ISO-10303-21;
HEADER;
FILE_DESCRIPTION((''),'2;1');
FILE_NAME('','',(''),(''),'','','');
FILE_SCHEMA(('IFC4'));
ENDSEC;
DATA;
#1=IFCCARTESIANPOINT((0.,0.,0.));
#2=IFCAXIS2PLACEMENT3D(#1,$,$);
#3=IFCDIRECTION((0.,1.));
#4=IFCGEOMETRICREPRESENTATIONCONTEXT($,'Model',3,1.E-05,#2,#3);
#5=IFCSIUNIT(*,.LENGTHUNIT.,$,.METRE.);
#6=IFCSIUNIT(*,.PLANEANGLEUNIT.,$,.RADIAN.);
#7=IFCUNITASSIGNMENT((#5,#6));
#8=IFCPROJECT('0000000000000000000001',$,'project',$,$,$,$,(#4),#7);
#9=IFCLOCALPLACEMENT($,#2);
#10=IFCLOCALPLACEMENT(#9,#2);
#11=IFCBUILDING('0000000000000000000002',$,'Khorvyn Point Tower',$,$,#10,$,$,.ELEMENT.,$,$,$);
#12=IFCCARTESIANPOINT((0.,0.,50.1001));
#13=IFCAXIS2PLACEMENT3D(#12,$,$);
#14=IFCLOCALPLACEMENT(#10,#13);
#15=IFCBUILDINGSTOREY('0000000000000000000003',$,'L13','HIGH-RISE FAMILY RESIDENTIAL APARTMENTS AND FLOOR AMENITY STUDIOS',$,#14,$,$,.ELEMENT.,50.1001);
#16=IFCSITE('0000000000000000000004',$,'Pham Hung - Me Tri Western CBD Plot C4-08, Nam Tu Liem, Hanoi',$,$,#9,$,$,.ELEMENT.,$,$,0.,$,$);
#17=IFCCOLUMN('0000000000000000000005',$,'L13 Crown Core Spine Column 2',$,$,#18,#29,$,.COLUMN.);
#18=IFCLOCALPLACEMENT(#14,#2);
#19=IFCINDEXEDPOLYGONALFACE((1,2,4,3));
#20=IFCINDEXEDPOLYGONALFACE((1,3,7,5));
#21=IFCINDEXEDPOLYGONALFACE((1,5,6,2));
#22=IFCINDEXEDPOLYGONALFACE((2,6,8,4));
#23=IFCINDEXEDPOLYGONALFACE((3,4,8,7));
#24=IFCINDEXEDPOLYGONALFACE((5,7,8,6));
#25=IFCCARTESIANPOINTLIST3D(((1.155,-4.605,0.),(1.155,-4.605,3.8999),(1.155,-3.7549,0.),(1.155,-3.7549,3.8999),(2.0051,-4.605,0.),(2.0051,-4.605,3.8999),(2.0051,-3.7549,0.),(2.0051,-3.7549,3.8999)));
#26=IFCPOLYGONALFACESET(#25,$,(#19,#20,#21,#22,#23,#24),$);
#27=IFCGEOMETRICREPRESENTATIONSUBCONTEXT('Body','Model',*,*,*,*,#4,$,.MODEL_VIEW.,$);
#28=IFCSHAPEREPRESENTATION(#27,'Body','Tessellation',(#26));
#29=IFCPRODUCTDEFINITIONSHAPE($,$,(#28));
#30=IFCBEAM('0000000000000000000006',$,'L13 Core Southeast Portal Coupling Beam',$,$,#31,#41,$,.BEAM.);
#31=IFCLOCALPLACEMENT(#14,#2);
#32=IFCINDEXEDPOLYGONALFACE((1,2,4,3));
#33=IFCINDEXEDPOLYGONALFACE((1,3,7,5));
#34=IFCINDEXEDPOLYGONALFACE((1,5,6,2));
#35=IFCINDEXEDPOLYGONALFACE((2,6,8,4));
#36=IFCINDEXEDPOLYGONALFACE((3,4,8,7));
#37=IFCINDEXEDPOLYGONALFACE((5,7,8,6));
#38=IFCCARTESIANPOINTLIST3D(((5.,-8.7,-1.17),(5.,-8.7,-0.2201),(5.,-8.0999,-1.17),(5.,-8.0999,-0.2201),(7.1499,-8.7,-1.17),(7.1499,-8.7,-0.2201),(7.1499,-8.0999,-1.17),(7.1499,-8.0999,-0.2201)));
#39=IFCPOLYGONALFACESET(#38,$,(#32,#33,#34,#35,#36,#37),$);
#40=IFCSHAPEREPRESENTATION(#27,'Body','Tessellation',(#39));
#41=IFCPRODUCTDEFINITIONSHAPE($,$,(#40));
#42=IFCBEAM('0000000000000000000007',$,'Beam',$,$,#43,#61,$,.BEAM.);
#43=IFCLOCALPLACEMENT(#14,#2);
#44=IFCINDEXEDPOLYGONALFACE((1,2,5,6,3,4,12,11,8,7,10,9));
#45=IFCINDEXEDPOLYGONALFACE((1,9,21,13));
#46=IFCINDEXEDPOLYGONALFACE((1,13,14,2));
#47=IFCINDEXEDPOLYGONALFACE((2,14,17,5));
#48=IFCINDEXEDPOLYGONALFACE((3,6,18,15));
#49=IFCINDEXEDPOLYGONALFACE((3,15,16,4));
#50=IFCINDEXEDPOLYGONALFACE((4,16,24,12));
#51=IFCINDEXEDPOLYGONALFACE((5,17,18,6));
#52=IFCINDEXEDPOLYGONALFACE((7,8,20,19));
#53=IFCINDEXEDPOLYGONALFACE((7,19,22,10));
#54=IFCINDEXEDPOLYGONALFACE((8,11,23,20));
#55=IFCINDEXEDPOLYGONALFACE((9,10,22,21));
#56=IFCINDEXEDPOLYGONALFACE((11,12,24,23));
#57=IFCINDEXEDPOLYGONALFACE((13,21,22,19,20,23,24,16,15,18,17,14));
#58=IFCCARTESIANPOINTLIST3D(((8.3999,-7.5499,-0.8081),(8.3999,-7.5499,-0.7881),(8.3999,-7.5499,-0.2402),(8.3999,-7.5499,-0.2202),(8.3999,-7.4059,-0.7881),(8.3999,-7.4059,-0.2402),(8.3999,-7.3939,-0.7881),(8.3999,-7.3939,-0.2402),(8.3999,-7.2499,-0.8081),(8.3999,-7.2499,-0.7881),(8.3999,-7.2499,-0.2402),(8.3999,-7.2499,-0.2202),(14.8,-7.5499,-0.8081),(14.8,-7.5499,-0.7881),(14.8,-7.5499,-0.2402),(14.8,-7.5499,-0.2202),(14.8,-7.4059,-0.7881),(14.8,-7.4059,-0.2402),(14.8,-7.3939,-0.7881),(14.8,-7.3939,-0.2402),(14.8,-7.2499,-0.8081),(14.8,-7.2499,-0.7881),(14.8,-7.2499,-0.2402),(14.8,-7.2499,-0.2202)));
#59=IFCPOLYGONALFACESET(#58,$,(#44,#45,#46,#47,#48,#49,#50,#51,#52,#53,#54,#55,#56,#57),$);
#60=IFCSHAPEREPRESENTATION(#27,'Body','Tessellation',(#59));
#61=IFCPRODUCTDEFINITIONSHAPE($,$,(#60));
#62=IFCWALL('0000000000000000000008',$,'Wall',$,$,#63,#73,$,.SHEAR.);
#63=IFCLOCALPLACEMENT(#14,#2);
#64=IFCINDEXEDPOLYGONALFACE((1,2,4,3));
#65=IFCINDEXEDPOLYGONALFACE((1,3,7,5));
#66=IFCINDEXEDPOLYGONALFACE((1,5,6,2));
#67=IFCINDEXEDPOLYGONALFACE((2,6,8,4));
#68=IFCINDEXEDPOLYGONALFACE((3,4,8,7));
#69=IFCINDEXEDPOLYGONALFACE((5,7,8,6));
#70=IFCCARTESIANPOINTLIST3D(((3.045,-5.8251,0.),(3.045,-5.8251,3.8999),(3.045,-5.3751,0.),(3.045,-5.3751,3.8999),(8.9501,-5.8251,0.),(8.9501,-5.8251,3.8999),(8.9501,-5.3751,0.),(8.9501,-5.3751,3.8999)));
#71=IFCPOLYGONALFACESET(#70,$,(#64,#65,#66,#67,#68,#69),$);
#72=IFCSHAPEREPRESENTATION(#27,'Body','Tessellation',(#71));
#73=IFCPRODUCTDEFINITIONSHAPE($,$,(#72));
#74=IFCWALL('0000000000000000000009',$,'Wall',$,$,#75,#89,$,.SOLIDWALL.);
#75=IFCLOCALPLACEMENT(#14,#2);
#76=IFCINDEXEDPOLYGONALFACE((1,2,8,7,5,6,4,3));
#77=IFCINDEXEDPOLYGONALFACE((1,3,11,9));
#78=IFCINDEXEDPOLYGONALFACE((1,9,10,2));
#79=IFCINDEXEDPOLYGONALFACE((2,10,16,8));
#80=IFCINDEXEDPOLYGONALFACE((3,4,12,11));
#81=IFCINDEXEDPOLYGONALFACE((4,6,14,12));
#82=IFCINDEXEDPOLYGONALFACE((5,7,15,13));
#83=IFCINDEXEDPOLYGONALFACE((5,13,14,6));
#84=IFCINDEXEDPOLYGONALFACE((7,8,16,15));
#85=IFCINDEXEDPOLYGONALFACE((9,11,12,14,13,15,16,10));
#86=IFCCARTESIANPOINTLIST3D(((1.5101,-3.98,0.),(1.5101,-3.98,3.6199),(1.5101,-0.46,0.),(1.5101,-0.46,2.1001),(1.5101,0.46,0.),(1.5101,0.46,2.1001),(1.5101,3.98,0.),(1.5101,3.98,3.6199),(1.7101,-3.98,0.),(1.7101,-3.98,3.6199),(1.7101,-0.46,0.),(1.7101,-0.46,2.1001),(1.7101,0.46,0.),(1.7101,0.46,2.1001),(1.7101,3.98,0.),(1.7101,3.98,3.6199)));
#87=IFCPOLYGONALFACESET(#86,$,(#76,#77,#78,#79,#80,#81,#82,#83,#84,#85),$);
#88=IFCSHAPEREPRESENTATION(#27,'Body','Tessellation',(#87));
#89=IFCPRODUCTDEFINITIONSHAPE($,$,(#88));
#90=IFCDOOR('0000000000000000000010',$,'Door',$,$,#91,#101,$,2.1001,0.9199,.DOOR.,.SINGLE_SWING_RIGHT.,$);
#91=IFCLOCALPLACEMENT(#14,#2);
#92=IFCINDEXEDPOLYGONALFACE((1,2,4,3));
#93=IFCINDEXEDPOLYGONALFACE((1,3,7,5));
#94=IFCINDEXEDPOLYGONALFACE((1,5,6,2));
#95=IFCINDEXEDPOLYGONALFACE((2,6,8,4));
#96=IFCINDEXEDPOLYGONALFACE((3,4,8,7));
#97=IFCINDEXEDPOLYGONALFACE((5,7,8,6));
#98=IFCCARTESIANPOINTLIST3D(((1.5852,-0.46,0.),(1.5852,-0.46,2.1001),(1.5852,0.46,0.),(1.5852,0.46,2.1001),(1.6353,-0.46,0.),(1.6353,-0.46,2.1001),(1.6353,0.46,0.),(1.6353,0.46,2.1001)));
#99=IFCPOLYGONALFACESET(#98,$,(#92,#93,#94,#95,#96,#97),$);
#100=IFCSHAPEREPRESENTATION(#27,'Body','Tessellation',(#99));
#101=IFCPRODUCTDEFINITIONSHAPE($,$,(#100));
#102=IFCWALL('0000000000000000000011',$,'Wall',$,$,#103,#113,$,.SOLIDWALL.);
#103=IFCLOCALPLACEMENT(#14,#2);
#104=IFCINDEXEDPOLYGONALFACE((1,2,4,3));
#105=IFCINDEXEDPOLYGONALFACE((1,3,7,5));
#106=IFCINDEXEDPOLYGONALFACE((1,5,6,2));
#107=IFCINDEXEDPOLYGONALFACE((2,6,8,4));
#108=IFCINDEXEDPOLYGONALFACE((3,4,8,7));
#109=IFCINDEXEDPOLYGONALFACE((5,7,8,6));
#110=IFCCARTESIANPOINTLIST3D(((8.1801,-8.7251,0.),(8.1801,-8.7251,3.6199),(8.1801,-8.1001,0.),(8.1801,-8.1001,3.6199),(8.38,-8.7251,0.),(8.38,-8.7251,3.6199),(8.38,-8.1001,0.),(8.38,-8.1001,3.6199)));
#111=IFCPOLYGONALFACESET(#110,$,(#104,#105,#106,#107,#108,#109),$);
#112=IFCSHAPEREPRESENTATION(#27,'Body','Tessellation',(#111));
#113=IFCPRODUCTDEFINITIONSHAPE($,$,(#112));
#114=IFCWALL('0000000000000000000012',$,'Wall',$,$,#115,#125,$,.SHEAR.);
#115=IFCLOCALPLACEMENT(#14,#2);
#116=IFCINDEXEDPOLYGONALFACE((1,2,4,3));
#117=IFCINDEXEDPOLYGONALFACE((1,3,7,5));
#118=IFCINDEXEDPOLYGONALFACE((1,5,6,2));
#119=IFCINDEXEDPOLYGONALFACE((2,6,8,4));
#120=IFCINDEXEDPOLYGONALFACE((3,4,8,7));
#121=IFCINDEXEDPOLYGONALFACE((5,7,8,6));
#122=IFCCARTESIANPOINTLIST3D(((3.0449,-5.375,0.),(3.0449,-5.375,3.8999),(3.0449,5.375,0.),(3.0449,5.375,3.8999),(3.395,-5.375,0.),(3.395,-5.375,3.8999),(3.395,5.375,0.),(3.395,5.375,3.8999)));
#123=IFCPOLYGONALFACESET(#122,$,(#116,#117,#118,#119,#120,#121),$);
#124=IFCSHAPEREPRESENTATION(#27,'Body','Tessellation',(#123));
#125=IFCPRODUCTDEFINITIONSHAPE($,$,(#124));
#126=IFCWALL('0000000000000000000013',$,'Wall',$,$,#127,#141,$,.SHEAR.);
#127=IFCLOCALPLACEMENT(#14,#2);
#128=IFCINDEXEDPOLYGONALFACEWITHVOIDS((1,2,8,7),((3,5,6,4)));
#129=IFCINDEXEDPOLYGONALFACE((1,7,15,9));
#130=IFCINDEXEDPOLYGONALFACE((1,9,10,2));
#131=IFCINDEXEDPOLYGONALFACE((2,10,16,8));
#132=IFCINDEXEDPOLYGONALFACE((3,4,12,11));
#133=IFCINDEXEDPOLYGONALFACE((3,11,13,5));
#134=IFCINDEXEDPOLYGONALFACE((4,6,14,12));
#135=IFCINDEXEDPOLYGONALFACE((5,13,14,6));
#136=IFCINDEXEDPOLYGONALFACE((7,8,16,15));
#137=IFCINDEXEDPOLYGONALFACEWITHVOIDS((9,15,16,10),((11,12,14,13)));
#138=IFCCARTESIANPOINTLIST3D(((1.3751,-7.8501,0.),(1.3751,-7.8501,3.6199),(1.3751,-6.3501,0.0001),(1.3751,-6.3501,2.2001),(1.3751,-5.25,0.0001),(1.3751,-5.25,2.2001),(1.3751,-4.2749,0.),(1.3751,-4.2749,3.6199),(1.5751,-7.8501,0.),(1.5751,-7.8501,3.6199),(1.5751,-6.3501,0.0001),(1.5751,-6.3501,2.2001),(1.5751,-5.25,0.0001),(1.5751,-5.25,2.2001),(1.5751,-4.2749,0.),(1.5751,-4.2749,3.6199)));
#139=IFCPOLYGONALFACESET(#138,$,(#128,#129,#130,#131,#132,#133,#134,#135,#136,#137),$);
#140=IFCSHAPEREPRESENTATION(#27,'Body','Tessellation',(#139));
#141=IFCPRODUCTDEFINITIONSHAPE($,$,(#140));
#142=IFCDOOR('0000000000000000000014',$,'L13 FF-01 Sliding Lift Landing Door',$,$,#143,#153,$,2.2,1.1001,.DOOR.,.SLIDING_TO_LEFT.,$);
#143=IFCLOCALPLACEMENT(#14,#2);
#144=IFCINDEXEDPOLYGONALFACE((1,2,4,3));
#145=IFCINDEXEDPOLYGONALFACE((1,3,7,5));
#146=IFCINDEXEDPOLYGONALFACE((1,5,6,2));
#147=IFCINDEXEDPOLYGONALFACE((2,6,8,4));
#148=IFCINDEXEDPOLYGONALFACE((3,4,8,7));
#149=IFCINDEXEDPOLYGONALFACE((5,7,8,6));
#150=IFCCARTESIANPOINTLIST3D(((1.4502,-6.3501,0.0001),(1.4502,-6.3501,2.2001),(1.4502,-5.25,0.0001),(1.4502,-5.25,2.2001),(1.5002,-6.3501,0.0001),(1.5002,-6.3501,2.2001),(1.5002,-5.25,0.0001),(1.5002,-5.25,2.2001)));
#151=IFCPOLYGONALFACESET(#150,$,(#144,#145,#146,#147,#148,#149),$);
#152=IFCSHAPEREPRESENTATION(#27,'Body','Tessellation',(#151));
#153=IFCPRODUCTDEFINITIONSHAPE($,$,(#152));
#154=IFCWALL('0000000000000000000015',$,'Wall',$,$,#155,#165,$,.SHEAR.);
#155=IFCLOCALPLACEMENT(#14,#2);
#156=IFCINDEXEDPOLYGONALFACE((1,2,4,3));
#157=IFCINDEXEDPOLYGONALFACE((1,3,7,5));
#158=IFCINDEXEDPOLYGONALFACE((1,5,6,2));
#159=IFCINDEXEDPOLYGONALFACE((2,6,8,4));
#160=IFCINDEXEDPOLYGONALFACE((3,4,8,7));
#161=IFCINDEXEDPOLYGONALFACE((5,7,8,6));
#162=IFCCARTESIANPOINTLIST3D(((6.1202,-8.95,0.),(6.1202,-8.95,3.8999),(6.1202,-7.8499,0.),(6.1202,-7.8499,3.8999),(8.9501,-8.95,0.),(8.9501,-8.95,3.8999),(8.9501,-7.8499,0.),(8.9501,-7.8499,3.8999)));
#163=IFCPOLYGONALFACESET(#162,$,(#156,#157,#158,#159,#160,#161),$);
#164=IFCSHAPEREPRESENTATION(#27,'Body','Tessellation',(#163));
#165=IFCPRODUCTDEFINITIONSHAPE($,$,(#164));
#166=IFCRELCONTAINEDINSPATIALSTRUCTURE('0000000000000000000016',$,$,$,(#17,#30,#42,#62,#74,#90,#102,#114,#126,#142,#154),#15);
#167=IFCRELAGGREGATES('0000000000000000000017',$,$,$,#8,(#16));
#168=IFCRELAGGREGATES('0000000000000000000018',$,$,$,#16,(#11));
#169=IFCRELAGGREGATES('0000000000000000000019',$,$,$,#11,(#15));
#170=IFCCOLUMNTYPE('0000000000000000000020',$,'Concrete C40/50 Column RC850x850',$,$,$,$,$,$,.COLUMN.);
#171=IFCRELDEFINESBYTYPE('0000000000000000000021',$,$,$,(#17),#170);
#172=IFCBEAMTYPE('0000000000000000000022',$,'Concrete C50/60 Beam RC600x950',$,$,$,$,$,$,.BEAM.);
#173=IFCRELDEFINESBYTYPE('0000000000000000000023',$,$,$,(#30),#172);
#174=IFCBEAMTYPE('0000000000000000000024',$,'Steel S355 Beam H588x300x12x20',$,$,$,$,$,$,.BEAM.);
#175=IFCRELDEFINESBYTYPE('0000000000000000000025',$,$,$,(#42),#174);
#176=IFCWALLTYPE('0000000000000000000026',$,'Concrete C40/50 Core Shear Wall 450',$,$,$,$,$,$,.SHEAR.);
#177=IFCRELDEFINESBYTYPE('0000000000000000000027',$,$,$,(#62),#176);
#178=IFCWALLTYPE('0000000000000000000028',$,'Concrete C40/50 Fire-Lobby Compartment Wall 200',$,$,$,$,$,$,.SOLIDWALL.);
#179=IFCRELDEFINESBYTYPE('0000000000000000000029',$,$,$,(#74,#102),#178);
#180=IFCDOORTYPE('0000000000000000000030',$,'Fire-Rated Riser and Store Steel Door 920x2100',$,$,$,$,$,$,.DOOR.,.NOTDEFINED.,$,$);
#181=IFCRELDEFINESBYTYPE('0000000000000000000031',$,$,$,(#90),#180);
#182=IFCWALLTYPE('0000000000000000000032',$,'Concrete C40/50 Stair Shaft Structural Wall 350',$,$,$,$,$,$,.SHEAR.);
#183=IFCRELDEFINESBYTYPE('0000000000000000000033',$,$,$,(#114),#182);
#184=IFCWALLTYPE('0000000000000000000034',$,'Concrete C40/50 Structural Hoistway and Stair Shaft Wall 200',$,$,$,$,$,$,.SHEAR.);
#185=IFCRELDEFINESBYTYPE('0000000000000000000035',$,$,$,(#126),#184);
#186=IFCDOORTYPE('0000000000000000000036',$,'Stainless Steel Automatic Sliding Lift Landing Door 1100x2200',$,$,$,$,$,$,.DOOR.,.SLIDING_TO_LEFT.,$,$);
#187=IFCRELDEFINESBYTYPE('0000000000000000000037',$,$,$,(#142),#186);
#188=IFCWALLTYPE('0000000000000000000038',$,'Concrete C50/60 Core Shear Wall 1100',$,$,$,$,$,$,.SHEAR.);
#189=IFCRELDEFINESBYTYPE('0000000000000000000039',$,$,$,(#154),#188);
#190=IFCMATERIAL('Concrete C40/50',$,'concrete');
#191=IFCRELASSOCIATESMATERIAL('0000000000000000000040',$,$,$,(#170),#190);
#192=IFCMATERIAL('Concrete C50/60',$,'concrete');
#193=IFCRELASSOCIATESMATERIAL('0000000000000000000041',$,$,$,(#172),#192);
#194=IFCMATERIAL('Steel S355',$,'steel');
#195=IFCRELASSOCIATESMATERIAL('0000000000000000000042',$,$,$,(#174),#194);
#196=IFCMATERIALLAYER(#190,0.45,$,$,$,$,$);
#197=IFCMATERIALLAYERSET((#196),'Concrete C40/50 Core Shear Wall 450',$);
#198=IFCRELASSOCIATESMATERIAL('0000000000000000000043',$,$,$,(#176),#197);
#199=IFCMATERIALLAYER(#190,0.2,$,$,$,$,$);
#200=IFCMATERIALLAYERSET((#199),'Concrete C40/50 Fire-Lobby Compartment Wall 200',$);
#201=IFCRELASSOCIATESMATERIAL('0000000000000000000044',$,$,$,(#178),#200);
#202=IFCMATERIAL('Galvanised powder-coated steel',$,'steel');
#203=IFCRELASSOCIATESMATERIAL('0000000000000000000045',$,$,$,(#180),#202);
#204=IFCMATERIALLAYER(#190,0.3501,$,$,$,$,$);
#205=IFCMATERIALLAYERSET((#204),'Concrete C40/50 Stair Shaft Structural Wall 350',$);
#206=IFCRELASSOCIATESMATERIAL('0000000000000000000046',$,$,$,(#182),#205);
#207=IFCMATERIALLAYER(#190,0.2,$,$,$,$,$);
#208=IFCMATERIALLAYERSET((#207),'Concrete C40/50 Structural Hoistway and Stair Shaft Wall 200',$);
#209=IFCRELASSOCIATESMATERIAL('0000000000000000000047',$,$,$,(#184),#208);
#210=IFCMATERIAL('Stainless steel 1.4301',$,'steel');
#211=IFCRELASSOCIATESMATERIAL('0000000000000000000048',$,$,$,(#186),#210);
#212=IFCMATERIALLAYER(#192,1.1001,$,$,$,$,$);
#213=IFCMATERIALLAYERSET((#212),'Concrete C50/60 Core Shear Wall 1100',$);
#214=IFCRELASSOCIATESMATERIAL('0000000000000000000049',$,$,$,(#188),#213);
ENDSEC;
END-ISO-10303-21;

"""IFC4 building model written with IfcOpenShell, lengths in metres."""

from ifc_helpers import new_model, si_unit, direction, frame, frame_2d, origin, origin_2d, place, context, subcontext, project, spatial, rectangle, i_section, extrude, material, layer, layer_set, material_profile, profile_set, type_object, element, fill, save


model = new_model("IFC4")

# Units and contexts
model_context = context("Model", 3, precision=1e-05, world=origin(), true_north=direction((0.0, 1.0)))
body_context = subcontext(model_context, "Body", "Model", "MODEL_VIEW")
ifc_project = project(units=[si_unit("LENGTHUNIT", "METRE"), si_unit("PLANEANGLEUNIT", "RADIAN")], contexts=[model_context])

# Site, building, storey
site_placement = place(None, origin())
site = spatial("IfcSite", under=ifc_project, at=site_placement, Name="Pham Hung - Me Tri Western CBD Plot C4-08, Nam Tu Liem, Hanoi", CompositionType="ELEMENT", RefElevation=0.0)
building_placement = place(site_placement, origin())
building = spatial("IfcBuilding", under=site, at=building_placement, Name="Khorvyn Point Tower", CompositionType="ELEMENT")
storey_placement = place(building_placement, frame((0.0, 0.0, 50.1001)))
storey = spatial("IfcBuildingStorey", under=building, at=storey_placement, Name="L13", Description="HIGH-RISE FAMILY RESIDENTIAL APARTMENTS AND FLOOR AMENITY STUDIOS", CompositionType="ELEMENT", Elevation=50.1001)

# Column
ifc_material_1 = material(Name="Concrete C40/50", Category="concrete")
ifc_material_profile_1 = material_profile(ifc_material_1, rectangle(XDim=0.8501, YDim=0.8501, at=origin_2d()))
ifc_profile_set_1 = profile_set([ifc_material_profile_1], Name="Concrete C40/50 RC850x850")
column_type = type_object("IfcColumnType", Name="Concrete C40/50 Column RC850x850", PredefinedType="COLUMN", material=ifc_profile_set_1)
column_placement = place(storey_placement, frame((1.5801, -4.1799, 0.0), z_axis=(0.0, 0.0, 1.0), x_axis=(1.0, 0.0, 0.0)))
element("IfcColumn", 1, at=column_placement, inside=storey, type_object=column_type, Name="L13 Crown Core Spine Column 2", PredefinedType="COLUMN", context=body_context, shape_type="SweptSolid", body=[
    extrude(rectangle(XDim=0.8501, YDim=0.8501, at=origin_2d()), origin(), (0.0, 0.0, 1.0), 3.8999),
])

# Beams
ifc_material_2 = material(Name="Concrete C50/60", Category="concrete")
ifc_material_profile_2 = material_profile(ifc_material_2, rectangle(XDim=0.6001, YDim=0.95, at=origin_2d()))
ifc_profile_set_2 = profile_set([ifc_material_profile_2], Name="Concrete C50/60 RC600x950")
beam_type_1 = type_object("IfcBeamType", Name="Concrete C50/60 Beam RC600x950", PredefinedType="BEAM", material=ifc_profile_set_2)
beam_1_placement = place(storey_placement, frame((5.0, -8.3999, -0.6951), z_axis=(1.0, 0.0, 0.0), x_axis=(0.0, 1.0, 0.0)))
element("IfcBeam", 2, at=beam_1_placement, inside=storey, type_object=beam_type_1, Name="L13 Core Southeast Portal Coupling Beam", PredefinedType="BEAM", context=body_context, shape_type="SweptSolid", body=[
    extrude(rectangle(XDim=0.6001, YDim=0.95, at=origin_2d()), origin(), (0.0, 0.0, 1.0), 2.1499),
])
ifc_material_3 = material(Name="Steel S355", Category="steel")
ifc_material_profile_3 = material_profile(ifc_material_3, i_section(OverallWidth=0.3, OverallDepth=0.5879, WebThickness=0.012, FlangeThickness=0.02, at=origin_2d()))
ifc_profile_set_3 = profile_set([ifc_material_profile_3], Name="Steel S355 H588x300x12x20")
beam_type_2 = type_object("IfcBeamType", Name="Steel S355 Beam H588x300x12x20", PredefinedType="BEAM", material=ifc_profile_set_3)
beam_2_placement = place(storey_placement, frame((8.3999, -7.3999, -0.5142), z_axis=(1.0, 0.0, 0.0), x_axis=(0.0, 1.0, 0.0)))
element("IfcBeam", 3, at=beam_2_placement, inside=storey, type_object=beam_type_2, Name="Beam", PredefinedType="BEAM", context=body_context, shape_type="SweptSolid", body=[
    extrude(i_section(OverallWidth=0.3, OverallDepth=0.5879, WebThickness=0.012, FlangeThickness=0.02, at=origin_2d()), origin(), (0.0, 0.0, 1.0), 6.4001),
])

# Wall
ifc_layer_1 = layer(ifc_material_1, 0.45)
ifc_layer_set_1 = layer_set([ifc_layer_1], Name="Concrete C40/50 Core Shear Wall 450")
wall_type_1 = type_object("IfcWallType", Name="Concrete C40/50 Core Shear Wall 450", PredefinedType="SHEAR", material=ifc_layer_set_1)
wall_1_placement = place(storey_placement, frame((3.0449, -5.6001, 0.0), z_axis=(0.0, 0.0, 1.0), x_axis=(1.0, 0.0, 0.0)))
element("IfcWall", 4, at=wall_1_placement, inside=storey, type_object=wall_type_1, Name="Wall", PredefinedType="SHEAR", context=body_context, shape_type="SweptSolid", body=[
    extrude(rectangle(XDim=5.905, YDim=0.45, at=frame_2d((2.9526, 0.0))), origin(), (0.0, 0.0, 1.0), 3.8999),
])

# Wall, opening, door
ifc_layer_2 = layer(ifc_material_1, 0.2)
ifc_layer_set_2 = layer_set([ifc_layer_2], Name="Concrete C40/50 Fire-Lobby Compartment Wall 200")
wall_type_2 = type_object("IfcWallType", Name="Concrete C40/50 Fire-Lobby Compartment Wall 200", PredefinedType="SOLIDWALL", material=ifc_layer_set_2)
ifc_material_4 = material(Name="Galvanised powder-coated steel", Category="steel")
wall_2_placement = place(storey_placement, frame((1.6101, -3.98, 0.0), z_axis=(0.0, 0.0, 1.0), x_axis=(0.0, 1.0, 0.0)))
wall_2 = element("IfcWall", 5, at=wall_2_placement, inside=storey, type_object=wall_type_2, Name="Wall", PredefinedType="SOLIDWALL", context=body_context, shape_type="SweptSolid", body=[
    extrude(rectangle(XDim=7.96, YDim=0.2, at=frame_2d((3.98, 0.0))), origin(), (0.0, 0.0, 1.0), 3.6199),
])
opening_1_placement = place(wall_2_placement, frame((3.52, 0.0, 0.0)))
opening_1 = element("IfcOpeningElement", 6, at=opening_1_placement, cuts=wall_2, PredefinedType="OPENING", context=body_context, shape_type="SweptSolid", body=[
    extrude(rectangle(XDim=0.9199, YDim=2.1001, at=frame_2d((0.46, 1.05))), frame((0.0, 0.1099, 0.0), z_axis=(0.0, -1.0, 0.0), x_axis=(1.0, 0.0, 0.0)), (0.0, 0.0, 1.0), 0.22),
])
door_type_1 = type_object("IfcDoorType", Name="Fire-Rated Riser and Store Steel Door 920x2100", OperationType="NOTDEFINED", PredefinedType="DOOR", material=ifc_material_4)
door_1_placement = place(opening_1_placement, origin())
door_1 = element("IfcDoor", 7, at=door_1_placement, inside=storey, type_object=door_type_1, Name="Door", OperationType="SINGLE_SWING_RIGHT", OverallHeight=2.1001, OverallWidth=0.9199, PredefinedType="DOOR", context=body_context, shape_type="SweptSolid", body=[
    extrude(rectangle(XDim=0.9199, YDim=2.1001, at=frame_2d((0.46, 1.05))), frame((0.0, 0.0249, 0.0), z_axis=(0.0, -1.0, 0.0), x_axis=(1.0, 0.0, 0.0)), (0.0, 0.0, 1.0), 0.05),
])
fill(opening_1, door_1)

# Walls
wall_3_placement = place(storey_placement, frame((8.28, -8.7251, 0.0), z_axis=(0.0, 0.0, 1.0), x_axis=(0.0, 1.0, 0.0)))
element("IfcWall", 8, at=wall_3_placement, inside=storey, type_object=wall_type_2, Name="Wall", PredefinedType="SOLIDWALL", context=body_context, shape_type="SweptSolid", body=[
    extrude(rectangle(XDim=0.625, YDim=0.2, at=frame_2d((0.3125, 0.0))), origin(), (0.0, 0.0, 1.0), 3.6199),
])
ifc_layer_3 = layer(ifc_material_1, 0.3501)
ifc_layer_set_3 = layer_set([ifc_layer_3], Name="Concrete C40/50 Stair Shaft Structural Wall 350")
wall_type_3 = type_object("IfcWallType", Name="Concrete C40/50 Stair Shaft Structural Wall 350", PredefinedType="SHEAR", material=ifc_layer_set_3)
wall_4_placement = place(storey_placement, frame((3.22, -5.375, 0.0), z_axis=(0.0, 0.0, 1.0), x_axis=(0.0, 1.0, 0.0)))
element("IfcWall", 9, at=wall_4_placement, inside=storey, type_object=wall_type_3, Name="Wall", PredefinedType="SHEAR", context=body_context, shape_type="SweptSolid", body=[
    extrude(rectangle(XDim=10.75, YDim=0.3501, at=frame_2d((5.375, 0.0))), origin(), (0.0, 0.0, 1.0), 3.8999),
])

# Wall, opening, door
ifc_layer_4 = layer(ifc_material_1, 0.2)
ifc_layer_set_4 = layer_set([ifc_layer_4], Name="Concrete C40/50 Structural Hoistway and Stair Shaft Wall 200")
wall_type_4 = type_object("IfcWallType", Name="Concrete C40/50 Structural Hoistway and Stair Shaft Wall 200", PredefinedType="SHEAR", material=ifc_layer_set_4)
wall_5_placement = place(storey_placement, frame((1.4751, -7.8501, 0.0), z_axis=(0.0, 0.0, 1.0), x_axis=(0.0, 1.0, 0.0)))
wall_5 = element("IfcWall", 10, at=wall_5_placement, inside=storey, type_object=wall_type_4, Name="Wall", PredefinedType="SHEAR", context=body_context, shape_type="SweptSolid", body=[
    extrude(rectangle(XDim=3.5752, YDim=0.2, at=frame_2d((1.7876, 0.0))), origin(), (0.0, 0.0, 1.0), 3.6199),
])
opening_2_placement = place(wall_5_placement, frame((1.5, 0.0, 0.0)))
opening_2 = element("IfcOpeningElement", 11, at=opening_2_placement, cuts=wall_5, PredefinedType="OPENING", context=body_context, shape_type="SweptSolid", body=[
    extrude(rectangle(XDim=1.1001, YDim=2.2, at=frame_2d((0.55, 1.1001))), frame((0.0, 0.1099, 0.0), z_axis=(0.0, -1.0, 0.0), x_axis=(1.0, 0.0, 0.0)), (0.0, 0.0, 1.0), 0.22),
])
ifc_material_5 = material(Name="Stainless steel 1.4301", Category="steel")
door_type_2 = type_object("IfcDoorType", Name="Stainless Steel Automatic Sliding Lift Landing Door 1100x2200", OperationType="SLIDING_TO_LEFT", PredefinedType="DOOR", material=ifc_material_5)
door_2_placement = place(opening_2_placement, origin())
door_2 = element("IfcDoor", 12, at=door_2_placement, inside=storey, type_object=door_type_2, Name="L13 FF-01 Sliding Lift Landing Door", OperationType="SLIDING_TO_LEFT", OverallHeight=2.2, OverallWidth=1.1001, PredefinedType="DOOR", context=body_context, shape_type="SweptSolid", body=[
    extrude(rectangle(XDim=1.1001, YDim=2.2, at=frame_2d((0.55, 1.1001))), frame((0.0, 0.0249, 0.0), z_axis=(0.0, -1.0, 0.0), x_axis=(1.0, 0.0, 0.0)), (0.0, 0.0, 1.0), 0.05),
])
fill(opening_2, door_2)

# Wall
ifc_layer_5 = layer(ifc_material_2, 1.1001)
ifc_layer_set_5 = layer_set([ifc_layer_5], Name="Concrete C50/60 Core Shear Wall 1100")
wall_type_5 = type_object("IfcWallType", Name="Concrete C50/60 Core Shear Wall 1100", PredefinedType="SHEAR", material=ifc_layer_set_5)
wall_6_placement = place(storey_placement, frame((6.1201, -8.3999, 0.0), z_axis=(0.0, 0.0, 1.0), x_axis=(1.0, 0.0, 0.0)))
element("IfcWall", 13, at=wall_6_placement, inside=storey, type_object=wall_type_5, Name="Wall", PredefinedType="SHEAR", context=body_context, shape_type="SweptSolid", body=[
    extrude(rectangle(XDim=2.8298, YDim=1.1001, at=frame_2d((1.415, 0.0))), origin(), (0.0, 0.0, 1.0), 3.8999),
])

save(model, "model.ifc")
